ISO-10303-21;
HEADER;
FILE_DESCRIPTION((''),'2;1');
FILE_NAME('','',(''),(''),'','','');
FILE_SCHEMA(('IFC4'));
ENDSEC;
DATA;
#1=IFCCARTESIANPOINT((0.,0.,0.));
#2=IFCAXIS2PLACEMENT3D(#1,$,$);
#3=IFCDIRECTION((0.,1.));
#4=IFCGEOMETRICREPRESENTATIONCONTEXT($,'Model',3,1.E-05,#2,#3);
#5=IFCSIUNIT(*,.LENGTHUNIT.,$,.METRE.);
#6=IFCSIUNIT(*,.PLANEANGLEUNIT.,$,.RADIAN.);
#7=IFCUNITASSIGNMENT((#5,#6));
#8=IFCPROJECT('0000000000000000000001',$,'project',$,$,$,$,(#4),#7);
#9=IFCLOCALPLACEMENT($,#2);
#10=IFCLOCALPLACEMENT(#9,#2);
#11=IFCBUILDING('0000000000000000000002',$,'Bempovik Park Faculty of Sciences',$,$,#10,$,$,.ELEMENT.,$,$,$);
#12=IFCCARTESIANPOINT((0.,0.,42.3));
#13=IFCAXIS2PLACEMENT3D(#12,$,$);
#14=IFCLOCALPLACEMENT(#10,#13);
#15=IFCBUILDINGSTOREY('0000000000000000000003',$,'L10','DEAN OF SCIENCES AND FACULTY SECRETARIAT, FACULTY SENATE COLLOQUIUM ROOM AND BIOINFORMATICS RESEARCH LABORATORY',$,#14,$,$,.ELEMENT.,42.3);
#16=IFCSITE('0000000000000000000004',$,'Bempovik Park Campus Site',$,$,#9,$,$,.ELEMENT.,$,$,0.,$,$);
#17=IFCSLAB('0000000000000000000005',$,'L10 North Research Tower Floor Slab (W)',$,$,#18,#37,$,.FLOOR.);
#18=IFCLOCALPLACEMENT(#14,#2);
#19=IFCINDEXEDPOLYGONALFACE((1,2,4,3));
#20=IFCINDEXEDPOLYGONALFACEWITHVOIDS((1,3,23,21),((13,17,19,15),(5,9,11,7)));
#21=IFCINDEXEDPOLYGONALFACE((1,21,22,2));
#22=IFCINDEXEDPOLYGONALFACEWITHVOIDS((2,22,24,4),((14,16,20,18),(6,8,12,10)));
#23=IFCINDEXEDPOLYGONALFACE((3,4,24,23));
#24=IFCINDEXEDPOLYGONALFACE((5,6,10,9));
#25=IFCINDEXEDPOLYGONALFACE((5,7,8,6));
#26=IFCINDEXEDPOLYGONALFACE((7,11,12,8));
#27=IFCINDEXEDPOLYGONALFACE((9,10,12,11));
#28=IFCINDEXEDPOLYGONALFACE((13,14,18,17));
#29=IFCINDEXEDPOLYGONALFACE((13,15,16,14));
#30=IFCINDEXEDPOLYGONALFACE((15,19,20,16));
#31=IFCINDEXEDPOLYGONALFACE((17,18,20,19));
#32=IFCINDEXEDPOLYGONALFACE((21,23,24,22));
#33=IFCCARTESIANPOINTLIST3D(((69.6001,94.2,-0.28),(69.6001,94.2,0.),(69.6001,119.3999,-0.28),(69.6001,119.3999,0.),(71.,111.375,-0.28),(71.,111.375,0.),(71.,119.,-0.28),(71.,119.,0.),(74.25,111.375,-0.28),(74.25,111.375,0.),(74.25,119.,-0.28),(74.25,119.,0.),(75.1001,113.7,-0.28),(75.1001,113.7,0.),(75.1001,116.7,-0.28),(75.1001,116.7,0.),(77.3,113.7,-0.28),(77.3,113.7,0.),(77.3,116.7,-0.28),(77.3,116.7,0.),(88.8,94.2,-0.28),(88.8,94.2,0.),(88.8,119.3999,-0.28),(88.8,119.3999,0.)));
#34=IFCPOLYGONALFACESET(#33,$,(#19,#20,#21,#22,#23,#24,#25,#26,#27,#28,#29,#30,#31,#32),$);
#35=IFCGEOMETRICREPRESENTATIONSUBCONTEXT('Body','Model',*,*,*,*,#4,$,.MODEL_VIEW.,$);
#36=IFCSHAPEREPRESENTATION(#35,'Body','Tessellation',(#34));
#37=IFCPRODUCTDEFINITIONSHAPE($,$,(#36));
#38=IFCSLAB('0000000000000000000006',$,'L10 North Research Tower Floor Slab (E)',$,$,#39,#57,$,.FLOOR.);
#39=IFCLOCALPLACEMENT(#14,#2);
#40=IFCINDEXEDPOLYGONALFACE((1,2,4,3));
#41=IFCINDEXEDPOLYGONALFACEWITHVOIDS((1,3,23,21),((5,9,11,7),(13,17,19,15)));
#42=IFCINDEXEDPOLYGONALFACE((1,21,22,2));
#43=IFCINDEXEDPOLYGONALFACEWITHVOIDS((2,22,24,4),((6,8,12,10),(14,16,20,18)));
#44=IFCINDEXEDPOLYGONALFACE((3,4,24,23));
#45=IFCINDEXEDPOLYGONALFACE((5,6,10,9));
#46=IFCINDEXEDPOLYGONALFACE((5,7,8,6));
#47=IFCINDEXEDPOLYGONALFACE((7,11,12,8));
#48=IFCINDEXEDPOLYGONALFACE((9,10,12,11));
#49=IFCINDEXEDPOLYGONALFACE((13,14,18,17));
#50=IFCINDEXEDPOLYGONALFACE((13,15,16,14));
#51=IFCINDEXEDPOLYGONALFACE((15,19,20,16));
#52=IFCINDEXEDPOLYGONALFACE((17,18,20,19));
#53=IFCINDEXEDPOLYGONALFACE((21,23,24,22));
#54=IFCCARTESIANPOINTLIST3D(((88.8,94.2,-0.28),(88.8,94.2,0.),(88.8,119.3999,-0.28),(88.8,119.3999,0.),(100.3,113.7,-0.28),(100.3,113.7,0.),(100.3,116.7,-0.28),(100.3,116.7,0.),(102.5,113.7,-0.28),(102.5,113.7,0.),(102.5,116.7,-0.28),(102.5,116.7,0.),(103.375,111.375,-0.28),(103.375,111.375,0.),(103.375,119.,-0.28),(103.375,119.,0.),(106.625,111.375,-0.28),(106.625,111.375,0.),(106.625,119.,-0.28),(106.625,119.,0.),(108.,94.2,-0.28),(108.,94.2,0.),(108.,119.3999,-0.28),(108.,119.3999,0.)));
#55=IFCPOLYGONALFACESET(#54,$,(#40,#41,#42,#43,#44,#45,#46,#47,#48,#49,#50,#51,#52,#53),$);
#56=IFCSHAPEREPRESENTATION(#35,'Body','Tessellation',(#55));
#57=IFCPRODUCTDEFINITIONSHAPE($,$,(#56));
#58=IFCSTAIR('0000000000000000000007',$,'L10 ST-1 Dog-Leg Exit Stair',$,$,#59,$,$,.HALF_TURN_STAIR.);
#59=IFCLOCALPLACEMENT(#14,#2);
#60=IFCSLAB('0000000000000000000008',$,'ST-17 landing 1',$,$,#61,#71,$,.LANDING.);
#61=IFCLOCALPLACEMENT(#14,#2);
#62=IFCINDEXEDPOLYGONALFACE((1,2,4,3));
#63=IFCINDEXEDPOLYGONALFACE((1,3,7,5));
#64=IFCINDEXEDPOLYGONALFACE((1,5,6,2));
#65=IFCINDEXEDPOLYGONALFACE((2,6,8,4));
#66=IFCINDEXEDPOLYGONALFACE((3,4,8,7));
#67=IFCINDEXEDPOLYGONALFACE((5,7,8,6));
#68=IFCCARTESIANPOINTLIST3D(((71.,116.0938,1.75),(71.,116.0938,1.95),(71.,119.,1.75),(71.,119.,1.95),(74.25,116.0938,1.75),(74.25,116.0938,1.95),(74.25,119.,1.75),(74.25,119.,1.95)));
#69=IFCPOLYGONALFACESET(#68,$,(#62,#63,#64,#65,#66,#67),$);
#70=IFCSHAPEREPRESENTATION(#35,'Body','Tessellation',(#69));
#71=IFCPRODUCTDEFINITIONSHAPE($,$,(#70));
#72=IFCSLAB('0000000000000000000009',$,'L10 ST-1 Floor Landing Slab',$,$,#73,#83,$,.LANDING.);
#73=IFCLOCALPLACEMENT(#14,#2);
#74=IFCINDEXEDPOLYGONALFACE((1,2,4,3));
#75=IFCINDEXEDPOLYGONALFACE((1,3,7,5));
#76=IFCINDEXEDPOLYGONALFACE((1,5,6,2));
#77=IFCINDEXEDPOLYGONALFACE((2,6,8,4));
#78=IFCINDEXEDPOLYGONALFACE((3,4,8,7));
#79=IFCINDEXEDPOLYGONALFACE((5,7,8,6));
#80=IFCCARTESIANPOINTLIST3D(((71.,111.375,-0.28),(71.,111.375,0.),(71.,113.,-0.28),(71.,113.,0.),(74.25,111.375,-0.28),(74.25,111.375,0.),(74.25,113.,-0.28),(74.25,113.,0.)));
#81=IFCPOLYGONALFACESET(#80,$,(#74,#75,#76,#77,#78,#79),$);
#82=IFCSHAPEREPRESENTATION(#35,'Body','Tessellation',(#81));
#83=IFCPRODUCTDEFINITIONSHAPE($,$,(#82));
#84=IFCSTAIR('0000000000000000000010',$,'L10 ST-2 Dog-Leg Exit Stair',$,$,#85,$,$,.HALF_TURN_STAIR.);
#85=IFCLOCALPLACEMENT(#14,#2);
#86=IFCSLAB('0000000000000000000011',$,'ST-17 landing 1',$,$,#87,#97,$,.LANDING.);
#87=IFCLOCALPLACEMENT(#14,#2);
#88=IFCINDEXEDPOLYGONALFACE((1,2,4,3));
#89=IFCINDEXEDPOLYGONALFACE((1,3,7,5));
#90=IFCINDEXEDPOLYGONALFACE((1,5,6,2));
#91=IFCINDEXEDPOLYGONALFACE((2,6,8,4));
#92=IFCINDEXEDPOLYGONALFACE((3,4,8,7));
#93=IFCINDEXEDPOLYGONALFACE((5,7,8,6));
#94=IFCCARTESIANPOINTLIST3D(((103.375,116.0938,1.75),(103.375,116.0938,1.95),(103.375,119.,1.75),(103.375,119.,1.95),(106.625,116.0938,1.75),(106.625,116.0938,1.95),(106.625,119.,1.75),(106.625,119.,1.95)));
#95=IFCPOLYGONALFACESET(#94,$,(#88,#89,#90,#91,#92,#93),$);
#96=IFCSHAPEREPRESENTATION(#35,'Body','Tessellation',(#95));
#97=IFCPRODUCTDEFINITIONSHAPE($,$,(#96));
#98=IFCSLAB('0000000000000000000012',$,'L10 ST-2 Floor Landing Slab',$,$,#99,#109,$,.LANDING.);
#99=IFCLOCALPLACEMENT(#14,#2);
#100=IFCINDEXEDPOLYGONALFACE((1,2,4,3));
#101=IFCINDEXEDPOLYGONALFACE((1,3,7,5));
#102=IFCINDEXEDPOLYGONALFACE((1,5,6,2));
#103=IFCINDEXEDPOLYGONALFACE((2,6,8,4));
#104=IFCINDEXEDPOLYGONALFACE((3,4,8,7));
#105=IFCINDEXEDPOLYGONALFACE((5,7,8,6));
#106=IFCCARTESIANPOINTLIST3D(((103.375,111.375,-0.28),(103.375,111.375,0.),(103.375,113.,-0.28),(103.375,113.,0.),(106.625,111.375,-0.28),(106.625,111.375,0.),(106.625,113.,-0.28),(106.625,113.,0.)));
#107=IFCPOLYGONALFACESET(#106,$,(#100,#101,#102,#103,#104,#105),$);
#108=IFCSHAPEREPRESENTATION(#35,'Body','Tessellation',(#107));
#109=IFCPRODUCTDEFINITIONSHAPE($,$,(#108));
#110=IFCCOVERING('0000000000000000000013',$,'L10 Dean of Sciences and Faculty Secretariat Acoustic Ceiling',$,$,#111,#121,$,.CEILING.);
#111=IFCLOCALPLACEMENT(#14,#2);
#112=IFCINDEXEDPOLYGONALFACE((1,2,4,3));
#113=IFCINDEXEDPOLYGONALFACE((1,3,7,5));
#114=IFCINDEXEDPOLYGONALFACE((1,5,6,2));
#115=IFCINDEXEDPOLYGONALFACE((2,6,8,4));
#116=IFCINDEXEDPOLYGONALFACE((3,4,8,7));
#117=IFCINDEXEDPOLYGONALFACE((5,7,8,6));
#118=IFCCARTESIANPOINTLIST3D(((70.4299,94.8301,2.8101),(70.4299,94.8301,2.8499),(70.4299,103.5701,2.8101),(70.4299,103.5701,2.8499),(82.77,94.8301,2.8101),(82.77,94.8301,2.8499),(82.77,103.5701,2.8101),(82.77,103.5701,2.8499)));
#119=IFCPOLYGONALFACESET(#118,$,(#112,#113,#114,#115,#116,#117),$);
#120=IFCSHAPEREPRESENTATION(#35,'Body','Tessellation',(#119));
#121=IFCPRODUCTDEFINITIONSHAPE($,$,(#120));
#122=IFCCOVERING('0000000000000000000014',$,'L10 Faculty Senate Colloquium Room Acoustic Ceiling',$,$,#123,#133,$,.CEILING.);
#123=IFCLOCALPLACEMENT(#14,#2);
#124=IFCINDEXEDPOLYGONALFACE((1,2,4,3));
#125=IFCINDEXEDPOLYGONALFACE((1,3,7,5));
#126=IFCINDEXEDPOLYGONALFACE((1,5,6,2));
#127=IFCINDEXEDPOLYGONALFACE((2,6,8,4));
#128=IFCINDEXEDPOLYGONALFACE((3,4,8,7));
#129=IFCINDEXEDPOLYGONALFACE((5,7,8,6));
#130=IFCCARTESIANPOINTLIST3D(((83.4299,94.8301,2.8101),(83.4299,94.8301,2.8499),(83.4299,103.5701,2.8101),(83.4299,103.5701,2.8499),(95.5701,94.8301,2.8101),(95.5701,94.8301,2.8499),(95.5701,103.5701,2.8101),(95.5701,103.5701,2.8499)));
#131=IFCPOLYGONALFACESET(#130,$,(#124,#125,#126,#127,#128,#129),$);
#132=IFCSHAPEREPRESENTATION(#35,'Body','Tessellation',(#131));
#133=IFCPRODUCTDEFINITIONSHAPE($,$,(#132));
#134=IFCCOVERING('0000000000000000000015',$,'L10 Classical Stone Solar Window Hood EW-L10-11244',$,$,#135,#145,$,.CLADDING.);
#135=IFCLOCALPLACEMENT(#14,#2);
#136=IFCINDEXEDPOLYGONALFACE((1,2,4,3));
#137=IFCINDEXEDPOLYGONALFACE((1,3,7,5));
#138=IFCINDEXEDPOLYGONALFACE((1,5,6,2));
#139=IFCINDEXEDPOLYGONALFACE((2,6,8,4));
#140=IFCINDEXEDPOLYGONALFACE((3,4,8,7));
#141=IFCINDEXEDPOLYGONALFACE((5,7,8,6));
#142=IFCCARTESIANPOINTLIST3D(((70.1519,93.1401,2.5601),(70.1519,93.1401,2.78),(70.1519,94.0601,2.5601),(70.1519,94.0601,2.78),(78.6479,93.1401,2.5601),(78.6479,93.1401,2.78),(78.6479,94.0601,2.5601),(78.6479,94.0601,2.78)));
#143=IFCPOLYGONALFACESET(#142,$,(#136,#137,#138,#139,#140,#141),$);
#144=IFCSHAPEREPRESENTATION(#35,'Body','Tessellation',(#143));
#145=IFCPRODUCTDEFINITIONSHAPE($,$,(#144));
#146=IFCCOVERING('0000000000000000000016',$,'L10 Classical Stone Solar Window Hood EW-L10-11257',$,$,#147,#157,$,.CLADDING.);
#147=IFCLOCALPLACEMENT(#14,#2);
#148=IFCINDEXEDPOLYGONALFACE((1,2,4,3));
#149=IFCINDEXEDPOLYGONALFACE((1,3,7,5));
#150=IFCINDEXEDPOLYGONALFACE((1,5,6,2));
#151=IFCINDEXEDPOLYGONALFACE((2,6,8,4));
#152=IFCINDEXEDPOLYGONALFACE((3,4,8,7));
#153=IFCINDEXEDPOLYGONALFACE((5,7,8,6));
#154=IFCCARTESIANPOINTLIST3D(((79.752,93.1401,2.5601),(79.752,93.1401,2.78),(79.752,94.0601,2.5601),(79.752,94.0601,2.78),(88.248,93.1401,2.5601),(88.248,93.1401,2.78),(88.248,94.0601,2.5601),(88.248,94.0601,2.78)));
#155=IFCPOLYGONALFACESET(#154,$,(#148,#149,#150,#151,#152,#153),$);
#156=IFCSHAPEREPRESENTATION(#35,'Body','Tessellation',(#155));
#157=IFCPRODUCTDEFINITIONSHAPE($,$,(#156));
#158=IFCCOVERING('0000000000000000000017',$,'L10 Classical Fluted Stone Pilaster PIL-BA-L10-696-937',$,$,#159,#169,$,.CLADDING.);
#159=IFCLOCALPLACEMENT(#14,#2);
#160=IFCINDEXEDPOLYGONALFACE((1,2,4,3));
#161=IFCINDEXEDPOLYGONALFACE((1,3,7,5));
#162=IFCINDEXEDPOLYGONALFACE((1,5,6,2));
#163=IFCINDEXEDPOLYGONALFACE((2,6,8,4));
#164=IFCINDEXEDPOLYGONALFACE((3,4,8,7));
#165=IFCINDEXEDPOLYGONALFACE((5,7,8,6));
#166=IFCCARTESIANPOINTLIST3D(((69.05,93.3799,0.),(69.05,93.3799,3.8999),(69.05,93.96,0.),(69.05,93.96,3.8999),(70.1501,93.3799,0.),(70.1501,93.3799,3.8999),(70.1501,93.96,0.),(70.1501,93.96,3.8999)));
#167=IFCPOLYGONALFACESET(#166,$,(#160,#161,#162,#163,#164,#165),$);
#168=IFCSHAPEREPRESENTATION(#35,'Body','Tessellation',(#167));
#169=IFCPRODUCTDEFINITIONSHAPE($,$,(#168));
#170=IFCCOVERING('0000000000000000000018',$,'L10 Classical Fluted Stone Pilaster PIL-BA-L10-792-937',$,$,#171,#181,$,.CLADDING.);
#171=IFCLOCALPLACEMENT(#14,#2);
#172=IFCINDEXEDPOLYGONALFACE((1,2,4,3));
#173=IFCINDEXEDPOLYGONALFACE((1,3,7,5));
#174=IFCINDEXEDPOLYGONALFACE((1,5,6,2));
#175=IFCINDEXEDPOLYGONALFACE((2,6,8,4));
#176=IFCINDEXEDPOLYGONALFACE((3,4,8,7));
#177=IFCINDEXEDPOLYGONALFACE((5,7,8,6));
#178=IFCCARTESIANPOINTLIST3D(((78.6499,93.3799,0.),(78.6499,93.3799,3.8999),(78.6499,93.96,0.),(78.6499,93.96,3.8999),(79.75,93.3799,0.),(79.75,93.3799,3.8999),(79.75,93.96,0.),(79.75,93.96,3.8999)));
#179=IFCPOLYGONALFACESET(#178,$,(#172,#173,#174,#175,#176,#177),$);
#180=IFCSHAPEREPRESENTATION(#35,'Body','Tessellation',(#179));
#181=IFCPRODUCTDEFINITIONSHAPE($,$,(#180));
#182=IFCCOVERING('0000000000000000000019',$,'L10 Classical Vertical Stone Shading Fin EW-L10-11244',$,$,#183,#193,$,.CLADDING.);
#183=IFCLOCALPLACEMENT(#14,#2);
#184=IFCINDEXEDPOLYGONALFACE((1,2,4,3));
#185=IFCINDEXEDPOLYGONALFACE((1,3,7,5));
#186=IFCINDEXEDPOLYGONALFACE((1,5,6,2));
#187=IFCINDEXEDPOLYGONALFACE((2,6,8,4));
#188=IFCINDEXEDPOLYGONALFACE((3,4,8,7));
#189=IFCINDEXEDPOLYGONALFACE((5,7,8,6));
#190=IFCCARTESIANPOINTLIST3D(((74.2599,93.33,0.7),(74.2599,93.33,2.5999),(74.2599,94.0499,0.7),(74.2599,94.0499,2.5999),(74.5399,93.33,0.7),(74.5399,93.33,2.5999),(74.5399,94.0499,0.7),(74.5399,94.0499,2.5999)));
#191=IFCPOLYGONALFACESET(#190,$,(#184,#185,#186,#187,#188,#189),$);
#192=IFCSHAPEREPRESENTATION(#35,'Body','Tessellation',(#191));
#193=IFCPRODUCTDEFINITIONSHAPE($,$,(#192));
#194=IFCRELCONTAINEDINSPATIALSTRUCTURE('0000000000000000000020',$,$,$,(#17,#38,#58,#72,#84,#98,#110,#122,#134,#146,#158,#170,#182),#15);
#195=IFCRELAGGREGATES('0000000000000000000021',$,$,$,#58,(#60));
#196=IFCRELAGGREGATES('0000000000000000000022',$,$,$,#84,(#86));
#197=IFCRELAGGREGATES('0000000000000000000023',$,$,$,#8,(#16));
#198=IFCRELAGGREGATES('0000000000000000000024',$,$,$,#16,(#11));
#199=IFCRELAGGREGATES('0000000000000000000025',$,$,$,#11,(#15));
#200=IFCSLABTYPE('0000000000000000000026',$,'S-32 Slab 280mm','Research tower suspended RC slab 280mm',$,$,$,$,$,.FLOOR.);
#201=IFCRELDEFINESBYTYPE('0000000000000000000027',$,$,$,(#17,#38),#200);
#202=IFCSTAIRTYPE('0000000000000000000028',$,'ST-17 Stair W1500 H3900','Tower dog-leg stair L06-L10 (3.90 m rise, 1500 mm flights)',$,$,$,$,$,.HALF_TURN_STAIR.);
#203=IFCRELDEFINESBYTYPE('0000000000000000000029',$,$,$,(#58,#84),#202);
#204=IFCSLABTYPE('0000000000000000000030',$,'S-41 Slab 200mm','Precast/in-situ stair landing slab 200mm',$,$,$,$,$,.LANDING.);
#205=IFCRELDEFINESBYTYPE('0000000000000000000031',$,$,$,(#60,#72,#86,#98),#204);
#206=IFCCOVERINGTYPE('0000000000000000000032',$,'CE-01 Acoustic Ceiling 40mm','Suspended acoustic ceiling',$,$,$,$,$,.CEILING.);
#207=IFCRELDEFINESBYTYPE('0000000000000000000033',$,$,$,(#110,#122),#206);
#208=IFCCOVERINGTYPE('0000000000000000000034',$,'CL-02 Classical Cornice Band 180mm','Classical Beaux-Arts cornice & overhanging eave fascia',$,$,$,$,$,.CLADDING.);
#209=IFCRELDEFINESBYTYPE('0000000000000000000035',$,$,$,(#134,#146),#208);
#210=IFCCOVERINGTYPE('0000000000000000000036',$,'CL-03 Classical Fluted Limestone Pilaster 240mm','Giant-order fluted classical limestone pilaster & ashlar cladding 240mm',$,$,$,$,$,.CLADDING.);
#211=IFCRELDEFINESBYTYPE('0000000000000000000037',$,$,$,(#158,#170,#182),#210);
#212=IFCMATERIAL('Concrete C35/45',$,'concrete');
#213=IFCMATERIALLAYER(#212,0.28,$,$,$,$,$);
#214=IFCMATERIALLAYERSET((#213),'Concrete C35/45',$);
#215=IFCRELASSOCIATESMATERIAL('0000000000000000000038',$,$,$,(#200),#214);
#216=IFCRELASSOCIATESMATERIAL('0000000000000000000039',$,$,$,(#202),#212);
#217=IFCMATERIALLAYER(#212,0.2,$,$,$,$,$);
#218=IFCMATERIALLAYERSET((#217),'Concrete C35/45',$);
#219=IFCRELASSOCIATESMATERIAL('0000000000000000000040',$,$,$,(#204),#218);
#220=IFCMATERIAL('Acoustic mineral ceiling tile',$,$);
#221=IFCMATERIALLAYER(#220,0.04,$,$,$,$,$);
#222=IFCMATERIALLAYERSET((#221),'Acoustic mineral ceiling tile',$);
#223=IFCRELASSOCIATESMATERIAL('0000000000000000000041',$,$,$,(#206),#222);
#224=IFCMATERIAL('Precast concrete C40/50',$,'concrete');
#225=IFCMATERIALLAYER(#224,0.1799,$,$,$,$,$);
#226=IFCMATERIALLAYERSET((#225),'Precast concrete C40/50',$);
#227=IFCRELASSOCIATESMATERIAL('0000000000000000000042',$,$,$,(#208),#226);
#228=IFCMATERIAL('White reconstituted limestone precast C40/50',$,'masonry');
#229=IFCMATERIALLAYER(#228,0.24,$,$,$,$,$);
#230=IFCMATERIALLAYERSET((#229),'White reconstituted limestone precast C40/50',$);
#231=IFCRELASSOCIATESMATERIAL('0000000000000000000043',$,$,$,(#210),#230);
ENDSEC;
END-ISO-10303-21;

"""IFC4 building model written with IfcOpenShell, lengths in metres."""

from ifc_helpers import new_model, si_unit, direction, frame, origin, origin_2d, place, context, subcontext, project, spatial, polyline, rectangle, outline, extrude, material, layer, layer_set, type_object, element, aggregate, save


model = new_model("IFC4")

# Units and contexts
model_context = context("Model", 3, precision=1e-05, world=origin(), true_north=direction((0.0, 1.0)))
body_context = subcontext(model_context, "Body", "Model", "MODEL_VIEW")
ifc_project = project(units=[si_unit("LENGTHUNIT", "METRE"), si_unit("PLANEANGLEUNIT", "RADIAN")], contexts=[model_context])

# Site, building, storey
site_placement = place(None, origin())
site = spatial("IfcSite", under=ifc_project, at=site_placement, Name="Bempovik Park Campus Site", CompositionType="ELEMENT", RefElevation=0.0)
building_placement = place(site_placement, origin())
building = spatial("IfcBuilding", under=site, at=building_placement, Name="Bempovik Park Faculty of Sciences", CompositionType="ELEMENT")
storey_placement = place(building_placement, frame((0.0, 0.0, 42.3)))
storey = spatial("IfcBuildingStorey", under=building, at=storey_placement, Name="L10", Description="DEAN OF SCIENCES AND FACULTY SECRETARIAT, FACULTY SENATE COLLOQUIUM ROOM AND BIOINFORMATICS RESEARCH LABORATORY", CompositionType="ELEMENT", Elevation=42.3)

# Slabs
ifc_material_1 = material(Name="Concrete C35/45", Category="concrete")
ifc_layer_1 = layer(ifc_material_1, 0.28)
ifc_layer_set_1 = layer_set([ifc_layer_1], Name="Concrete C35/45")
slab_type_1 = type_object("IfcSlabType", Name="S-32 Slab 280mm", Description="Research tower suspended RC slab 280mm", PredefinedType="FLOOR", material=ifc_layer_set_1)
slab_1_placement = place(storey_placement, frame((0.0, 0.0, -0.28)))
element("IfcSlab", 1, at=slab_1_placement, inside=storey, type_object=slab_type_1, Name="L10 North Research Tower Floor Slab (W)", PredefinedType="FLOOR", context=body_context, shape_type="SweptSolid", body=[
    extrude(outline(polyline([(69.6001, 94.2), (88.8, 94.2), (88.8, 119.3999), (69.6001, 119.3999), (69.6001, 94.2)]), holes=[polyline([(71.0, 111.375), (74.25, 111.375), (74.25, 119.0), (71.0, 119.0), (71.0, 111.375)]), polyline([(75.1001, 113.7), (77.3, 113.7), (77.3, 116.7), (75.1001, 116.7), (75.1001, 113.7)])]), origin(), (0.0, 0.0, 1.0), 0.28),
])
slab_2_placement = place(storey_placement, frame((0.0, 0.0, -0.28)))
element("IfcSlab", 2, at=slab_2_placement, inside=storey, type_object=slab_type_1, Name="L10 North Research Tower Floor Slab (E)", PredefinedType="FLOOR", context=body_context, shape_type="SweptSolid", body=[
    extrude(outline(polyline([(88.8, 94.2), (108.0, 94.2), (108.0, 119.3999), (88.8, 119.3999), (88.8, 94.2)]), holes=[polyline([(103.375, 111.375), (106.625, 111.375), (106.625, 119.0), (103.375, 119.0), (103.375, 111.375)]), polyline([(100.3, 113.7), (102.5, 113.7), (102.5, 116.7), (100.3, 116.7), (100.3, 113.7)])]), origin(), (0.0, 0.0, 1.0), 0.28),
])

# Stair, slab
stair_type = type_object("IfcStairType", Name="ST-17 Stair W1500 H3900", Description="Tower dog-leg stair L06-L10 (3.90 m rise, 1500 mm flights)", PredefinedType="HALF_TURN_STAIR", material=ifc_material_1)
stair_1_placement = place(storey_placement, origin())
stair_1 = element("IfcStair", 3, at=stair_1_placement, inside=storey, type_object=stair_type, Name="L10 ST-1 Dog-Leg Exit Stair", PredefinedType="HALF_TURN_STAIR")
ifc_layer_2 = layer(ifc_material_1, 0.2)
ifc_layer_set_2 = layer_set([ifc_layer_2], Name="Concrete C35/45")
slab_type_2 = type_object("IfcSlabType", Name="S-41 Slab 200mm", Description="Precast/in-situ stair landing slab 200mm", PredefinedType="LANDING", material=ifc_layer_set_2)
slab_3_placement = place(storey_placement, frame((0.0, 0.0, 1.75)))
slab_3 = element("IfcSlab", 4, at=slab_3_placement, type_object=slab_type_2, Name="ST-17 landing 1", PredefinedType="LANDING", context=body_context, shape_type="SweptSolid", body=[
    extrude(outline(polyline([(74.25, 116.0938), (74.25, 119.0), (71.0, 119.0), (71.0, 116.0938), (74.25, 116.0938)])), origin(), (0.0, 0.0, 1.0), 0.2),
])
aggregate(stair_1, [slab_3])

# Slab
slab_4_placement = place(storey_placement, frame((0.0, 0.0, -0.28)))
element("IfcSlab", 5, at=slab_4_placement, inside=storey, type_object=slab_type_2, Name="L10 ST-1 Floor Landing Slab", PredefinedType="LANDING", context=body_context, shape_type="SweptSolid", body=[
    extrude(outline(polyline([(74.25, 111.375), (74.25, 113.0), (71.0, 113.0), (71.0, 111.375), (74.25, 111.375)])), origin(), (0.0, 0.0, 1.0), 0.28),
])

# Stair, slab
stair_2_placement = place(storey_placement, origin())
stair_2 = element("IfcStair", 6, at=stair_2_placement, inside=storey, type_object=stair_type, Name="L10 ST-2 Dog-Leg Exit Stair", PredefinedType="HALF_TURN_STAIR")
slab_5_placement = place(storey_placement, frame((0.0, 0.0, 1.75)))
slab_5 = element("IfcSlab", 7, at=slab_5_placement, type_object=slab_type_2, Name="ST-17 landing 1", PredefinedType="LANDING", context=body_context, shape_type="SweptSolid", body=[
    extrude(outline(polyline([(106.625, 116.0938), (106.625, 119.0), (103.375, 119.0), (103.375, 116.0938), (106.625, 116.0938)])), origin(), (0.0, 0.0, 1.0), 0.2),
])
aggregate(stair_2, [slab_5])

# Slab
slab_6_placement = place(storey_placement, frame((0.0, 0.0, -0.28)))
element("IfcSlab", 8, at=slab_6_placement, inside=storey, type_object=slab_type_2, Name="L10 ST-2 Floor Landing Slab", PredefinedType="LANDING", context=body_context, shape_type="SweptSolid", body=[
    extrude(outline(polyline([(106.625, 111.375), (106.625, 113.0), (103.375, 113.0), (103.375, 111.375), (106.625, 111.375)])), origin(), (0.0, 0.0, 1.0), 0.28),
])

# Coverings
ifc_material_2 = material(Name="Acoustic mineral ceiling tile")
ifc_layer_3 = layer(ifc_material_2, 0.04)
ifc_layer_set_3 = layer_set([ifc_layer_3], Name="Acoustic mineral ceiling tile")
covering_type_1 = type_object("IfcCoveringType", Name="CE-01 Acoustic Ceiling 40mm", Description="Suspended acoustic ceiling", PredefinedType="CEILING", material=ifc_layer_set_3)
covering_1_placement = place(storey_placement, frame((0.0, 0.0, 2.8101)))
element("IfcCovering", 9, at=covering_1_placement, inside=storey, type_object=covering_type_1, Name="L10 Dean of Sciences and Faculty Secretariat Acoustic Ceiling", PredefinedType="CEILING", context=body_context, shape_type="SweptSolid", body=[
    extrude(outline(polyline([(70.4299, 94.8301), (82.77, 94.8301), (82.77, 103.5701), (70.4299, 103.5701), (70.4299, 94.8301)])), origin(), (0.0, 0.0, 1.0), 0.0398),
])
covering_2_placement = place(storey_placement, frame((0.0, 0.0, 2.8101)))
element("IfcCovering", 10, at=covering_2_placement, inside=storey, type_object=covering_type_1, Name="L10 Faculty Senate Colloquium Room Acoustic Ceiling", PredefinedType="CEILING", context=body_context, shape_type="SweptSolid", body=[
    extrude(outline(polyline([(83.4299, 94.8301), (95.5701, 94.8301), (95.5701, 103.5701), (83.4299, 103.5701), (83.4299, 94.8301)])), origin(), (0.0, 0.0, 1.0), 0.0398),
])
ifc_material_3 = material(Name="Precast concrete C40/50", Category="concrete")
ifc_layer_4 = layer(ifc_material_3, 0.1799)
ifc_layer_set_4 = layer_set([ifc_layer_4], Name="Precast concrete C40/50")
covering_type_2 = type_object("IfcCoveringType", Name="CL-02 Classical Cornice Band 180mm", Description="Classical Beaux-Arts cornice & overhanging eave fascia", PredefinedType="CLADDING", material=ifc_layer_set_4)
for number, where, z_axis, x_axis, name in (
    (11, (74.3999, 93.6001, 2.5601), (0.0, 0.0, 1.0), (1.0, 0.0, 0.0), "L10 Classical Stone Solar Window Hood EW-L10-11244"),
    (12, (84.0, 93.6001, 2.5601), (0.0, 0.0, 1.0), (1.0, 0.0, 0.0), "L10 Classical Stone Solar Window Hood EW-L10-11257"),
):
    element("IfcCovering", number, at=place(storey_placement, frame(where, z_axis=z_axis, x_axis=x_axis)), inside=storey, type_object=covering_type_2, Name=name, PredefinedType="CLADDING", context=body_context, shape_type="SweptSolid", body=[
        extrude(rectangle(XDim=8.4961, YDim=0.9199, at=origin_2d()), origin(), (0.0, 0.0, 1.0), 0.22),
    ])
ifc_material_4 = material(Name="White reconstituted limestone precast C40/50", Category="masonry")
ifc_layer_5 = layer(ifc_material_4, 0.24)
ifc_layer_set_5 = layer_set([ifc_layer_5], Name="White reconstituted limestone precast C40/50")
covering_type_3 = type_object("IfcCoveringType", Name="CL-03 Classical Fluted Limestone Pilaster 240mm", Description="Giant-order fluted classical limestone pilaster & ashlar cladding 240mm", PredefinedType="CLADDING", material=ifc_layer_set_5)
for number, where, z_axis, x_axis, name in (
    (13, (69.6001, 93.6699, 0.0), (0.0, 0.0, 1.0), (1.0, 0.0, 0.0), "L10 Classical Fluted Stone Pilaster PIL-BA-L10-696-937"),
    (14, (79.2, 93.6699, 0.0), (0.0, 0.0, 1.0), (1.0, 0.0, 0.0), "L10 Classical Fluted Stone Pilaster PIL-BA-L10-792-937"),
):
    element("IfcCovering", number, at=place(storey_placement, frame(where, z_axis=z_axis, x_axis=x_axis)), inside=storey, type_object=covering_type_3, Name=name, PredefinedType="CLADDING", context=body_context, shape_type="SweptSolid", body=[
        extrude(rectangle(XDim=1.1001, YDim=0.5801, at=origin_2d()), origin(), (0.0, 0.0, 1.0), 3.8999),
    ])
for number, where, z_axis, x_axis, name in (
    (15, (74.3999, 93.6899, 0.7), (0.0, 0.0, 1.0), (1.0, 0.0, 0.0), "L10 Classical Vertical Stone Shading Fin EW-L10-11244"),
):
    element("IfcCovering", number, at=place(storey_placement, frame(where, z_axis=z_axis, x_axis=x_axis)), inside=storey, type_object=covering_type_3, Name=name, PredefinedType="CLADDING", context=body_context, shape_type="SweptSolid", body=[
        extrude(rectangle(XDim=0.28, YDim=0.72, at=origin_2d()), origin(), (0.0, 0.0, 1.0), 1.8999),
    ])

save(model, "model.ifc")
